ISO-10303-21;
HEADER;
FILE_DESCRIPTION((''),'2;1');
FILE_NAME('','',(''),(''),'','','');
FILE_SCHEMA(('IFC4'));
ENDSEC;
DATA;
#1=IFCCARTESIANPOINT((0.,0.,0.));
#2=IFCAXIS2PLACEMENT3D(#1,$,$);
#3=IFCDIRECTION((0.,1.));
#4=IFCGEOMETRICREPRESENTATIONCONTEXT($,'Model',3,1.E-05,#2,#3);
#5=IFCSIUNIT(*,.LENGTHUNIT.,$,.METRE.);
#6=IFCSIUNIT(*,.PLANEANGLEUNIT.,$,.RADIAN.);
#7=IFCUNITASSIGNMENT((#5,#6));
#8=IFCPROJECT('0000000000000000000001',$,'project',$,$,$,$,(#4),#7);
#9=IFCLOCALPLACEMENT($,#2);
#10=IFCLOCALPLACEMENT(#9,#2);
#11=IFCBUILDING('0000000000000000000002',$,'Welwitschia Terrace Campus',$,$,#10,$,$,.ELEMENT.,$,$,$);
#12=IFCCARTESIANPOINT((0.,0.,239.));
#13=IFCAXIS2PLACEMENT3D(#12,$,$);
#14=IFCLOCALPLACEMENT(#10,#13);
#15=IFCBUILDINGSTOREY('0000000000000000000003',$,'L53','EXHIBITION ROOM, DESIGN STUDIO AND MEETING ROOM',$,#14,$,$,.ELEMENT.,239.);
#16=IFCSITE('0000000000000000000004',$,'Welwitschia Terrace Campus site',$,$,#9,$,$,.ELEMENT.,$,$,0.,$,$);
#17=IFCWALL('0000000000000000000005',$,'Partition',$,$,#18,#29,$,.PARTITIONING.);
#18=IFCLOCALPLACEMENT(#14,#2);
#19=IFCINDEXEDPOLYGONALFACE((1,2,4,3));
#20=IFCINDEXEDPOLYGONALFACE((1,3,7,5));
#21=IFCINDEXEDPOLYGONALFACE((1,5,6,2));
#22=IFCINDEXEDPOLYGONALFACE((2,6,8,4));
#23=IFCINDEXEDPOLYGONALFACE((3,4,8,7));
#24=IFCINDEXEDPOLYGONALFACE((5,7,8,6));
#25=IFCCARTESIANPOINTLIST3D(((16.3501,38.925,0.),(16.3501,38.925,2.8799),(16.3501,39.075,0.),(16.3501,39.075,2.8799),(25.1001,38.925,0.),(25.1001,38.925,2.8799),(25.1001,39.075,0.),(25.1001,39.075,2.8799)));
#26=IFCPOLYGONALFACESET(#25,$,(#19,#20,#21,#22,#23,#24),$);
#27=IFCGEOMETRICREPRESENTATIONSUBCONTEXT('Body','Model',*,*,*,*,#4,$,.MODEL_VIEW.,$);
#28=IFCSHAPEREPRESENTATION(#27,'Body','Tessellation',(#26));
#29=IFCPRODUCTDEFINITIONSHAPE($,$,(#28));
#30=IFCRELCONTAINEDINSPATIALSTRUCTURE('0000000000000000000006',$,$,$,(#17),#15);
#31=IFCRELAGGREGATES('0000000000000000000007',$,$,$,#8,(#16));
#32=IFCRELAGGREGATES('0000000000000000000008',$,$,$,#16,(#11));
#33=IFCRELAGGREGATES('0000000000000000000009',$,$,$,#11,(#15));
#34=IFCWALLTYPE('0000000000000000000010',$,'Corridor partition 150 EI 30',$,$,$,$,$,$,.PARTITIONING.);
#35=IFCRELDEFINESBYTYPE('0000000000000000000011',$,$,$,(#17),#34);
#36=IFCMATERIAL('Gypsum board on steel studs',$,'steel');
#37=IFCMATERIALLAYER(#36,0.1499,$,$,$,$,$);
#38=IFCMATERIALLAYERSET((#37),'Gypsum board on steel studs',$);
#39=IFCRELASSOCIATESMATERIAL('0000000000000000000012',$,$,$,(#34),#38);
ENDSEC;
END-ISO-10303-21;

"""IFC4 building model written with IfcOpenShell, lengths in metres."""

from ifc_helpers import new_model, si_unit, direction, frame, frame_2d, origin, place, context, subcontext, project, spatial, rectangle, extrude, material, layer, layer_set, type_object, element, save


model = new_model("IFC4")

# Units and contexts
model_context = context("Model", 3, precision=1e-05, world=origin(), true_north=direction((0.0, 1.0)))
body_context = subcontext(model_context, "Body", "Model", "MODEL_VIEW")
ifc_project = project(units=[si_unit("LENGTHUNIT", "METRE"), si_unit("PLANEANGLEUNIT", "RADIAN")], contexts=[model_context])

# Site, building, storey
site_placement = place(None, origin())
site = spatial("IfcSite", under=ifc_project, at=site_placement, Name="Welwitschia Terrace Campus site", CompositionType="ELEMENT", RefElevation=0.0)
building_placement = place(site_placement, origin())
building = spatial("IfcBuilding", under=site, at=building_placement, Name="Welwitschia Terrace Campus", CompositionType="ELEMENT")
storey_placement = place(building_placement, frame((0.0, 0.0, 239.0)))
storey = spatial("IfcBuildingStorey", under=building, at=storey_placement, Name="L53", Description="EXHIBITION ROOM, DESIGN STUDIO AND MEETING ROOM", CompositionType="ELEMENT", Elevation=239.0)

# Shared definitions
ifc_material_1 = material(Name="Gypsum board on steel studs", Category="steel")
ifc_layer_1 = layer(ifc_material_1, 0.1499)
ifc_layer_set_1 = layer_set([ifc_layer_1], Name="Gypsum board on steel studs")
wall_type = type_object("IfcWallType", Name="Corridor partition 150 EI 30", PredefinedType="PARTITIONING", material=ifc_layer_set_1)

# Wall
wall_1_placement = place(storey_placement, frame((16.3501, 39.0, 0.0), z_axis=(0.0, 0.0, 1.0), x_axis=(1.0, 0.0, 0.0)))
element("IfcWall", 1, at=wall_1_placement, inside=storey, type_object=wall_type, Name="Partition", PredefinedType="PARTITIONING", context=body_context, shape_type="SweptSolid", body=[
    extrude(rectangle(XDim=8.75, YDim=0.1499, at=frame_2d((4.375, 0.0))), origin(), (0.0, 0.0, 1.0), 2.8799),
])

save(model, "model.ifc")
